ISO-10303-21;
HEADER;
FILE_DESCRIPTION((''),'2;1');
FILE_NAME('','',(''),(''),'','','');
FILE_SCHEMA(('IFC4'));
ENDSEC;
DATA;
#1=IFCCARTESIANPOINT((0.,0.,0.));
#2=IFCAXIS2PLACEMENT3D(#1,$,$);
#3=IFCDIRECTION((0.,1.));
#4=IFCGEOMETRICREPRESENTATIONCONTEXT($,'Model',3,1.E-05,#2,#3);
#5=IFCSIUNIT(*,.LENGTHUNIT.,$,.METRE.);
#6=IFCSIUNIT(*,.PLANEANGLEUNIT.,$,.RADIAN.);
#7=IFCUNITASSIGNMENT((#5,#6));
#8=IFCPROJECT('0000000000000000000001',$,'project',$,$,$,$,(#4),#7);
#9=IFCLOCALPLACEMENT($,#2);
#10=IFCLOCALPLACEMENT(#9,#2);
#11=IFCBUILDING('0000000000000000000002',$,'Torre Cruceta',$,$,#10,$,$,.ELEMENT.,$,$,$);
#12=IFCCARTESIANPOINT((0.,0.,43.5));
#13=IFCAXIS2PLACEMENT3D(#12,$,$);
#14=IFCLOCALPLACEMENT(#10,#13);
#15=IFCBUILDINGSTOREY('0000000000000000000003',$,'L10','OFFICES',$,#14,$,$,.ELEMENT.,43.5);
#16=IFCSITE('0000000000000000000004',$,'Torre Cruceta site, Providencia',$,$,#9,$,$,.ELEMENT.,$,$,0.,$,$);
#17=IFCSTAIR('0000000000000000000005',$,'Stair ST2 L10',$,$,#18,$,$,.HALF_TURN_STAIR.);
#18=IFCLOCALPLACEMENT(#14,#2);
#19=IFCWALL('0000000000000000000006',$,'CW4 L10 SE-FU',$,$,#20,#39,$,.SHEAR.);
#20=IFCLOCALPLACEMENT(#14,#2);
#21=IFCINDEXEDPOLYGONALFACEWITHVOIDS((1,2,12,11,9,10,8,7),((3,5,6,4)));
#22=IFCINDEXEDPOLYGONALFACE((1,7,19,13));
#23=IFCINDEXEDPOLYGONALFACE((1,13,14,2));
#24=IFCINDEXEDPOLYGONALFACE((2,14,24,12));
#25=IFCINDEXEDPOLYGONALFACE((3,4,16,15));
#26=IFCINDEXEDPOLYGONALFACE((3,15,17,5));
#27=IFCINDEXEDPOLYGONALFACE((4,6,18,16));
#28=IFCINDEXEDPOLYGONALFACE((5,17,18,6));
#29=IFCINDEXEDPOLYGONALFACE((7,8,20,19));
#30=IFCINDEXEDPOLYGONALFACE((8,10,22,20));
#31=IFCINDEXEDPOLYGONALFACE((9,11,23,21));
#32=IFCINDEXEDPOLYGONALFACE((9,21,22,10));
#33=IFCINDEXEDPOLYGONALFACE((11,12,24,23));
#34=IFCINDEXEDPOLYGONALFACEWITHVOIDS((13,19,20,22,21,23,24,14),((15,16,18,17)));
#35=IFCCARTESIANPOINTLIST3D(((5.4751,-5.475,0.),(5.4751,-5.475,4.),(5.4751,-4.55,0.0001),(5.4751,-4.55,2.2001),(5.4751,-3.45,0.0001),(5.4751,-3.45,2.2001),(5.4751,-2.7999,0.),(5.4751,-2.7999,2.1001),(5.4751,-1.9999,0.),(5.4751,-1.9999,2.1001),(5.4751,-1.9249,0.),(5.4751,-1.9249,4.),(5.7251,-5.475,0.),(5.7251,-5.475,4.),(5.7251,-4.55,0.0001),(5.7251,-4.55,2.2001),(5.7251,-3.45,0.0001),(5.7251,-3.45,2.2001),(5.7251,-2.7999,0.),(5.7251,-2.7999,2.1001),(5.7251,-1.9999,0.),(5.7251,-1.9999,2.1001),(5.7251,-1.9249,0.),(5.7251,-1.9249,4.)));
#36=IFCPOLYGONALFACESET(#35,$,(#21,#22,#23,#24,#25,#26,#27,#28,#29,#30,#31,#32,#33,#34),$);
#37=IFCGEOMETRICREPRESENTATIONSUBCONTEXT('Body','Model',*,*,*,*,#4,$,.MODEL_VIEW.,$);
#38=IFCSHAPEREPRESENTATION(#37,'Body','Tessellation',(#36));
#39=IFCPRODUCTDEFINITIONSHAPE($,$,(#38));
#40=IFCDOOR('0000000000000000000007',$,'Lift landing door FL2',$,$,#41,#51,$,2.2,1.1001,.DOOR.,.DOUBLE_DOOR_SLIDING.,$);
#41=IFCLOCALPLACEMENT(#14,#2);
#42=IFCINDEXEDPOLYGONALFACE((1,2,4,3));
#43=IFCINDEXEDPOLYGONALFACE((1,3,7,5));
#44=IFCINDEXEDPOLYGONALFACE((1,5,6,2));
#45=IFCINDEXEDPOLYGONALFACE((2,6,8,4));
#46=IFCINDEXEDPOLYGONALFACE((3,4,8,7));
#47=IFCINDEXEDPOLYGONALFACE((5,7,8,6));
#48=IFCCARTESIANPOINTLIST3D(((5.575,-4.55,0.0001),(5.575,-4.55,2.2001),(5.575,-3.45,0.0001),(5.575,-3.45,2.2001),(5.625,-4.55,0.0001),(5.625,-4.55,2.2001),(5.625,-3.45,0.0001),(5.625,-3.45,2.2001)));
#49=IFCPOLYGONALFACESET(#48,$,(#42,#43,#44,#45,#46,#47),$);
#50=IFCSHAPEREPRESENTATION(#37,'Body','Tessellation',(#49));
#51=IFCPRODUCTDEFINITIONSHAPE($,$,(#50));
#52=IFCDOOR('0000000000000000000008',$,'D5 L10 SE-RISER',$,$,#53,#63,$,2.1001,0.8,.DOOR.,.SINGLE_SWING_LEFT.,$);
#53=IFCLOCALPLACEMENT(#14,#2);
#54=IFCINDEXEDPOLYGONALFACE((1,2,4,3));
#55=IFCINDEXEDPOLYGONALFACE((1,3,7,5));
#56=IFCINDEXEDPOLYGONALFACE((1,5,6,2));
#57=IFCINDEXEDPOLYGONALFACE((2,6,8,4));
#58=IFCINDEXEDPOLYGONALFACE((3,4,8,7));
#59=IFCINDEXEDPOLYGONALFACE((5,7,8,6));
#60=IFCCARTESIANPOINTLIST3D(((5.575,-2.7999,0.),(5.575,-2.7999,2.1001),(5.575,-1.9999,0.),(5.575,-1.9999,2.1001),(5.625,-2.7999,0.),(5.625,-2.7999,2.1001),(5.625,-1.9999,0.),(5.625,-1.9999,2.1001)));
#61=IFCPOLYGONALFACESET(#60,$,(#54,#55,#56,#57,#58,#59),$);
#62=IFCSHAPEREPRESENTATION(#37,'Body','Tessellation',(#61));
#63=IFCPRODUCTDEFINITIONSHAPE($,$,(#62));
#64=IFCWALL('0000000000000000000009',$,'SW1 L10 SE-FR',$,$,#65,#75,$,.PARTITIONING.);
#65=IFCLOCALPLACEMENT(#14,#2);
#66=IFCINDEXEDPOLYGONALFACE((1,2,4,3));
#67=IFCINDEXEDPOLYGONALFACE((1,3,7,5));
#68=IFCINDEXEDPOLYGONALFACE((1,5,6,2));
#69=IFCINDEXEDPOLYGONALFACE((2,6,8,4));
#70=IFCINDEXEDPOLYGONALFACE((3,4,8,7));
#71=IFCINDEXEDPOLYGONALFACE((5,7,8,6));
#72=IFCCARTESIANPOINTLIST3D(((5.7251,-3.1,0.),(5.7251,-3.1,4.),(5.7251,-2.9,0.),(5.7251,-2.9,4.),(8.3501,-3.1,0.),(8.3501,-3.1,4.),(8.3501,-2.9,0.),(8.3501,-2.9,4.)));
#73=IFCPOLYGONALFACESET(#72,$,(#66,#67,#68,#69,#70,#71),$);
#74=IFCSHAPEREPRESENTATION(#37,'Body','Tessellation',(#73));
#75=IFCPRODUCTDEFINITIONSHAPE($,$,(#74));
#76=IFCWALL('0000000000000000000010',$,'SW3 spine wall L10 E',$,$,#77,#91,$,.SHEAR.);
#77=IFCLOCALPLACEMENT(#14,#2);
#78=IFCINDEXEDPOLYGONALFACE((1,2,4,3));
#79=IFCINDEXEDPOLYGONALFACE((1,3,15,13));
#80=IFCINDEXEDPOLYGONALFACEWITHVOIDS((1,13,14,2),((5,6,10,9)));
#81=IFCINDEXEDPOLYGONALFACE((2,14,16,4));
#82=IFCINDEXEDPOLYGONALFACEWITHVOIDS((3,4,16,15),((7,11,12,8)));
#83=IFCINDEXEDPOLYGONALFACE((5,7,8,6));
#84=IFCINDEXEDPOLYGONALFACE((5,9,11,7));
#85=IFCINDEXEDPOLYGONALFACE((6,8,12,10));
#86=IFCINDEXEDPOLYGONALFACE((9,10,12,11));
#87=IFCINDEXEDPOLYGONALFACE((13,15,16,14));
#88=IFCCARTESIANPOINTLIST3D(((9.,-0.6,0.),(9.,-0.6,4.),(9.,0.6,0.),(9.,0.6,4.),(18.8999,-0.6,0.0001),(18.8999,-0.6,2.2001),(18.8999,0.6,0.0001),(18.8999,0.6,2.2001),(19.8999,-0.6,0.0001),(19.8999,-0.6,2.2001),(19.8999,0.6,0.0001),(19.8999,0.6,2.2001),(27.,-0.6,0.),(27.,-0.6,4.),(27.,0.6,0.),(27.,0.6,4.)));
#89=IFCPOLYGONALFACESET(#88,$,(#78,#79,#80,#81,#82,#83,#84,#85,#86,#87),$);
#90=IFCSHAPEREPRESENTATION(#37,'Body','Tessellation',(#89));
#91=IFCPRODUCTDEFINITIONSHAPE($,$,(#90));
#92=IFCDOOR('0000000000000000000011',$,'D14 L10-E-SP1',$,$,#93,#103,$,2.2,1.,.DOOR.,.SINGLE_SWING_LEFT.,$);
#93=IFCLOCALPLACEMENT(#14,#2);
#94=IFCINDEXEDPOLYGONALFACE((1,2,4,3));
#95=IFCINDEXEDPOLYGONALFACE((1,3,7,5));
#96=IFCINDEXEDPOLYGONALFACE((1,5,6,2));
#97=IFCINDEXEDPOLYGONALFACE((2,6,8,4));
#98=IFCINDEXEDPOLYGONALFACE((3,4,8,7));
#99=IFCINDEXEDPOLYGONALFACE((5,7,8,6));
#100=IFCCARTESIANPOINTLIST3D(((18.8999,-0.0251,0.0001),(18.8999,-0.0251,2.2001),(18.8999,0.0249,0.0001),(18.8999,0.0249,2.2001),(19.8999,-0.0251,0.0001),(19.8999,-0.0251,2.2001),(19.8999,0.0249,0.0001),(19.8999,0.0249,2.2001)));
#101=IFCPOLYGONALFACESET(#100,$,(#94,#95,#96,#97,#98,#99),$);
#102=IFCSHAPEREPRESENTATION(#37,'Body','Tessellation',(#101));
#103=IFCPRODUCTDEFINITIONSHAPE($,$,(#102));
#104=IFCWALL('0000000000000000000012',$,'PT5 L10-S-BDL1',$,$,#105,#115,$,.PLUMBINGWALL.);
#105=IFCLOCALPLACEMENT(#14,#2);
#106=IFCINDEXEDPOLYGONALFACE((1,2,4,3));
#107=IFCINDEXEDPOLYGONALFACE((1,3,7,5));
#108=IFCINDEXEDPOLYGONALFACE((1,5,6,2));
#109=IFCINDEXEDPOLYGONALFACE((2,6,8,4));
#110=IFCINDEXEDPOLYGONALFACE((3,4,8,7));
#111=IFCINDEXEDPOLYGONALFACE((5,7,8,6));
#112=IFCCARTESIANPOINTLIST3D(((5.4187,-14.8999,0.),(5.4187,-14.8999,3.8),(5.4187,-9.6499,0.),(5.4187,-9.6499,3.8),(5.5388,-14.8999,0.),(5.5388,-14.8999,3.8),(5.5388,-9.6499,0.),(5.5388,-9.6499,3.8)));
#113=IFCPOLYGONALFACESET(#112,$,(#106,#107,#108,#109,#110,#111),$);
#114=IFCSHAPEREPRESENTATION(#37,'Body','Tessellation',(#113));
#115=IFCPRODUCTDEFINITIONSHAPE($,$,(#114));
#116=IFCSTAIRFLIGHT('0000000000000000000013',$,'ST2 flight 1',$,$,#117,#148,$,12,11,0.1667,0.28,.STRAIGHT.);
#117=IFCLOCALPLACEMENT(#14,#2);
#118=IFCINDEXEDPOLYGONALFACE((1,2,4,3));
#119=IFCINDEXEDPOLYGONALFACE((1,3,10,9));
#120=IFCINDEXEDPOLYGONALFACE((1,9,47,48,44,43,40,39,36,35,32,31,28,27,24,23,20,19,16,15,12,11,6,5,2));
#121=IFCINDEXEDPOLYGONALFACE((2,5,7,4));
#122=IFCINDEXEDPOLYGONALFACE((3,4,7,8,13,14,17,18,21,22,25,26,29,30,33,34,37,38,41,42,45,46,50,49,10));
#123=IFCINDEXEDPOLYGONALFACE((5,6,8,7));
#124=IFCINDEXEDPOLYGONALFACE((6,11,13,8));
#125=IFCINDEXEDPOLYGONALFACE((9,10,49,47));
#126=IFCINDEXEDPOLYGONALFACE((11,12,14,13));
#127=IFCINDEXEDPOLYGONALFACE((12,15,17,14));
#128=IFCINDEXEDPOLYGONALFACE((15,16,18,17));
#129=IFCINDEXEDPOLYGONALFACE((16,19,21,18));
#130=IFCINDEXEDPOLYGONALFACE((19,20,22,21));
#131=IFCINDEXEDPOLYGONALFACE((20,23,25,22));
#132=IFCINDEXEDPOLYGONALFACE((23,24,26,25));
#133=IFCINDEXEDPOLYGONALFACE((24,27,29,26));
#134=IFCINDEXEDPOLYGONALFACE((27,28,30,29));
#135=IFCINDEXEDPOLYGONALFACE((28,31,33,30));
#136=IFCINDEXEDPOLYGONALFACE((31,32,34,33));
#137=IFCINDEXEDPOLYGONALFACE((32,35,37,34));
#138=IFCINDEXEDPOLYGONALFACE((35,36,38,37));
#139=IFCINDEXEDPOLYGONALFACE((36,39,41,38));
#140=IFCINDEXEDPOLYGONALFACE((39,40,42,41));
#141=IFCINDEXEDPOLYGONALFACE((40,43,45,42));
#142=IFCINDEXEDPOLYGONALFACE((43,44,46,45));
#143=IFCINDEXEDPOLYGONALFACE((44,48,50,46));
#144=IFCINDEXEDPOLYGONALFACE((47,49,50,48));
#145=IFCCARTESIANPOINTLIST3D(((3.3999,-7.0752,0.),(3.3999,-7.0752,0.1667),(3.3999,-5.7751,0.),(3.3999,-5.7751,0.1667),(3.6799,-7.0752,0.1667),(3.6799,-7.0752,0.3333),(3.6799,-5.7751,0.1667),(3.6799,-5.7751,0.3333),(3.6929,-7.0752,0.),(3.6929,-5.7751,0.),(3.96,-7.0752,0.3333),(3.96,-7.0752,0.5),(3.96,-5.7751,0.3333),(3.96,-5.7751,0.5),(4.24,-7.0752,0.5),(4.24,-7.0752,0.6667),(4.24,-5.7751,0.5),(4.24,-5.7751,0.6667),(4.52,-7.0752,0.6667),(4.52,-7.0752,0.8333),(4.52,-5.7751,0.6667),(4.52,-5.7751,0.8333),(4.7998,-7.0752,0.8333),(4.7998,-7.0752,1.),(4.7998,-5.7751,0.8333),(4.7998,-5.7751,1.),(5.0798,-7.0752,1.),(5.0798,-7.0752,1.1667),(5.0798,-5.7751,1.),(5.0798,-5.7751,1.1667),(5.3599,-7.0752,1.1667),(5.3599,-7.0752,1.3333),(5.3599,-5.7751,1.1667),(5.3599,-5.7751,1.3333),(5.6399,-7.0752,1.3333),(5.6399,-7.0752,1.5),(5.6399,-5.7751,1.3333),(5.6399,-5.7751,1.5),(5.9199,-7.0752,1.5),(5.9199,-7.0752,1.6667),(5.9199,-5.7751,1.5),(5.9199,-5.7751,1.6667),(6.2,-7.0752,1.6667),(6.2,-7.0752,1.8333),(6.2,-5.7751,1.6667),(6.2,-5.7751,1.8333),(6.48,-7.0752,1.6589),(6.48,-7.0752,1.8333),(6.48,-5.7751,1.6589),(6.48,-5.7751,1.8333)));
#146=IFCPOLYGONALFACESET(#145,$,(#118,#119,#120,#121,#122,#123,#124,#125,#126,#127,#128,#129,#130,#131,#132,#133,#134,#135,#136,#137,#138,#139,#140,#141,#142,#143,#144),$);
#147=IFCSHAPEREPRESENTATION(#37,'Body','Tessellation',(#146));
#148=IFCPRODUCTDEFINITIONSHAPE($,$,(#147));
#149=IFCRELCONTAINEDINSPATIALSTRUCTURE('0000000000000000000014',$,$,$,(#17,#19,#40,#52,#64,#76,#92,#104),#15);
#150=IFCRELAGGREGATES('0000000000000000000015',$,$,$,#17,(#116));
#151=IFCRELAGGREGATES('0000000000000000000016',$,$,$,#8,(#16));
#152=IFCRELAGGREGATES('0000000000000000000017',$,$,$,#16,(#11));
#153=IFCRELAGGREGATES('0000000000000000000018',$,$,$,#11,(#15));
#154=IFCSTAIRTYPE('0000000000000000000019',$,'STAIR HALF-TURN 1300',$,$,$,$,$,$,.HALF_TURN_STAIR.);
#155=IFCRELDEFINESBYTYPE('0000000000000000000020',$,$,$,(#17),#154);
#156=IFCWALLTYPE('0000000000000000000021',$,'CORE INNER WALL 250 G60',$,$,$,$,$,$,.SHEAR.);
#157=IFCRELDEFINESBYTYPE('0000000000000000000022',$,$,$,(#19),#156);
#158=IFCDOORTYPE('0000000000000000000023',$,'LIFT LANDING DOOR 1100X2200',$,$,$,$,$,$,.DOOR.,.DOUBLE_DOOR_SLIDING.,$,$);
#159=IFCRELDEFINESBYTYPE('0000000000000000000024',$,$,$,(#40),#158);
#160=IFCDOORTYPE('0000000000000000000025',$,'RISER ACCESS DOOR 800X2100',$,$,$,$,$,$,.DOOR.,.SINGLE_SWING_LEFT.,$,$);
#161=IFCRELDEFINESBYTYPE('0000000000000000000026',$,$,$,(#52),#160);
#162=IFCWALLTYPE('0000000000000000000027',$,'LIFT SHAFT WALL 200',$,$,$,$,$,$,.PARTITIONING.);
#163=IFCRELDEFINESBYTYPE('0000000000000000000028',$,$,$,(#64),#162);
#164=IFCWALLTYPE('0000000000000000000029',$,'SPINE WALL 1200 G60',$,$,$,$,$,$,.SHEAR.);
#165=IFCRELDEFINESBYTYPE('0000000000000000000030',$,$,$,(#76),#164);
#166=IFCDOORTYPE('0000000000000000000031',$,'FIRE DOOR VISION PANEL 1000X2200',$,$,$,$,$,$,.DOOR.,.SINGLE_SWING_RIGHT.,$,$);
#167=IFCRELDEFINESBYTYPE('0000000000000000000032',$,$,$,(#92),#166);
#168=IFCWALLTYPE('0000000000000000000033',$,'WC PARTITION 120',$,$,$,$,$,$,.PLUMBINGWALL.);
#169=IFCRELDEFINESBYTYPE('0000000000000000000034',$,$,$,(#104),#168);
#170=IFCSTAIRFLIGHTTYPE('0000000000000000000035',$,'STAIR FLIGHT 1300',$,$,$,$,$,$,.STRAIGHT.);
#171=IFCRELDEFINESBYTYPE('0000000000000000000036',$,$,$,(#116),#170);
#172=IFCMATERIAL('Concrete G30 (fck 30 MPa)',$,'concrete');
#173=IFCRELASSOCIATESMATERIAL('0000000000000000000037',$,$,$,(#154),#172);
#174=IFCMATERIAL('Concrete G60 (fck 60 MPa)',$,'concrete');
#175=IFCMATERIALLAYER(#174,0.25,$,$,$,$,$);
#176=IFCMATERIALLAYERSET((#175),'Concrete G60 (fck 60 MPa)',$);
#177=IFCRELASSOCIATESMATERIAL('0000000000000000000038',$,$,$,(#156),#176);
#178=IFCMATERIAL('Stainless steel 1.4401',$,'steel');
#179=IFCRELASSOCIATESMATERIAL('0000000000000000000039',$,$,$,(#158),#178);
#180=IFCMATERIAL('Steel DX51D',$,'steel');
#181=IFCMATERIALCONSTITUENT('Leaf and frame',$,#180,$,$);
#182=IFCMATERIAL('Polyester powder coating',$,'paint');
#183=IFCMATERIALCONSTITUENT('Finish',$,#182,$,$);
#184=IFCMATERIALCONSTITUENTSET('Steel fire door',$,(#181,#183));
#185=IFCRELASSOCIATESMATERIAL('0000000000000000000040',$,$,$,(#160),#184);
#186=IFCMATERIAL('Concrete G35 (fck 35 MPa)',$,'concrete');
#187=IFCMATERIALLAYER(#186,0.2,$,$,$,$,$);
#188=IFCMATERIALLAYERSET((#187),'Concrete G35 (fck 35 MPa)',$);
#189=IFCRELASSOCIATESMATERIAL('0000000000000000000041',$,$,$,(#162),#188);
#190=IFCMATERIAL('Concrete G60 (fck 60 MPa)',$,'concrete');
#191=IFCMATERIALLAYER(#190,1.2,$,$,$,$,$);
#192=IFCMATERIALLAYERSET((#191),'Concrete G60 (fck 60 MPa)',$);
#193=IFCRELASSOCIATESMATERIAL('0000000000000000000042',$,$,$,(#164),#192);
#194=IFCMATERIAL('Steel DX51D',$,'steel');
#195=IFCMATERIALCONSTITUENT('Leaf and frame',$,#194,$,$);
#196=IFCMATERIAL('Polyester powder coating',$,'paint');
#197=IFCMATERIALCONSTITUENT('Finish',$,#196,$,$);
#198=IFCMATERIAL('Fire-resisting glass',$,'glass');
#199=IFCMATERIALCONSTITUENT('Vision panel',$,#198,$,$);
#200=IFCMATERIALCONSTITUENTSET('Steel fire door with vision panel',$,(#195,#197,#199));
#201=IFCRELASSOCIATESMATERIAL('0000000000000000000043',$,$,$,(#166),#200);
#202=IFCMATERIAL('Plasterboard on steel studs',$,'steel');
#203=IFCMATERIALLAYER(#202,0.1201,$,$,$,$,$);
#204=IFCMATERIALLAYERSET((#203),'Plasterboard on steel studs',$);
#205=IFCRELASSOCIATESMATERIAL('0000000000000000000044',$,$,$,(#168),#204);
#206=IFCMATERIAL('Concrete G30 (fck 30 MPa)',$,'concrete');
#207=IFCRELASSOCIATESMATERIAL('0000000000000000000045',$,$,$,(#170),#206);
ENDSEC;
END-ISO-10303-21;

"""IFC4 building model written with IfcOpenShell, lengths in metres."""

from ifc_helpers import new_model, si_unit, direction, frame, frame_2d, origin, place, context, subcontext, project, spatial, polyline, rectangle, outline, extrude, material, layer, layer_set, constituent, constituent_set, type_object, element, fill, aggregate, save


model = new_model("IFC4")

# Units and contexts
model_context = context("Model", 3, precision=1e-05, world=origin(), true_north=direction((0.0, 1.0)))
body_context = subcontext(model_context, "Body", "Model", "MODEL_VIEW")
ifc_project = project(units=[si_unit("LENGTHUNIT", "METRE"), si_unit("PLANEANGLEUNIT", "RADIAN")], contexts=[model_context])

# Site, building, storey
site_placement = place(None, origin())
site = spatial("IfcSite", under=ifc_project, at=site_placement, Name="Torre Cruceta site, Providencia", CompositionType="ELEMENT", RefElevation=0.0)
building_placement = place(site_placement, origin())
building = spatial("IfcBuilding", under=site, at=building_placement, Name="Torre Cruceta", CompositionType="ELEMENT")
storey_placement = place(building_placement, frame((0.0, 0.0, 43.5)))
storey = spatial("IfcBuildingStorey", under=building, at=storey_placement, Name="L10", Description="OFFICES", CompositionType="ELEMENT", Elevation=43.5)

# Stair
ifc_material_1 = material(Name="Concrete G30 (fck 30 MPa)", Category="concrete")
stair_type = type_object("IfcStairType", Name="STAIR HALF-TURN 1300", PredefinedType="HALF_TURN_STAIR", material=ifc_material_1)
stair_1_placement = place(storey_placement, origin())
stair_1 = element("IfcStair", 1, at=stair_1_placement, inside=storey, type_object=stair_type, Name="Stair ST2 L10", PredefinedType="HALF_TURN_STAIR")

# Shared definitions
ifc_material_2 = material(Name="Concrete G60 (fck 60 MPa)", Category="concrete")
ifc_layer_1 = layer(ifc_material_2, 0.25)
ifc_layer_set_1 = layer_set([ifc_layer_1], Name="Concrete G60 (fck 60 MPa)")
wall_type_1 = type_object("IfcWallType", Name="CORE INNER WALL 250 G60", PredefinedType="SHEAR", material=ifc_layer_set_1)

# Wall, openings, doors
wall_1_placement = place(storey_placement, frame((5.6001, -1.925, 0.0), z_axis=(0.0, 0.0, 1.0), x_axis=(0.0, -1.0, 0.0)))
wall_1 = element("IfcWall", 2, at=wall_1_placement, inside=storey, type_object=wall_type_1, Name="CW4 L10 SE-FU", PredefinedType="SHEAR", context=body_context, shape_type="SweptSolid", body=[
    extrude(rectangle(XDim=3.55, YDim=0.25, at=frame_2d((1.7749, 0.0))), origin(), (0.0, 0.0, 1.0), 4.0),
])
opening_1_placement = place(wall_1_placement, frame((1.5249, 0.0, 0.0)))
opening_1 = element("IfcOpeningElement", 3, at=opening_1_placement, cuts=wall_1, PredefinedType="OPENING", context=body_context, shape_type="SweptSolid", body=[
    extrude(rectangle(XDim=1.1001, YDim=2.2, at=frame_2d((0.55, 1.1001))), frame((0.0, 0.135, 0.0), z_axis=(0.0, -1.0, 0.0), x_axis=(1.0, 0.0, 0.0)), (0.0, 0.0, 1.0), 0.27),
])
opening_2_placement = place(wall_1_placement, frame((0.075, 0.0, 0.0)))
opening_2 = element("IfcOpeningElement", 4, at=opening_2_placement, cuts=wall_1, PredefinedType="OPENING", context=body_context, shape_type="SweptSolid", body=[
    extrude(rectangle(XDim=0.8, YDim=2.1001, at=frame_2d((0.3999, 1.05))), frame((0.0, 0.135, 0.0), z_axis=(0.0, -1.0, 0.0), x_axis=(1.0, 0.0, 0.0)), (0.0, 0.0, 1.0), 0.27),
])
ifc_material_3 = material(Name="Stainless steel 1.4401", Category="steel")
door_type_1 = type_object("IfcDoorType", Name="LIFT LANDING DOOR 1100X2200", OperationType="DOUBLE_DOOR_SLIDING", PredefinedType="DOOR", material=ifc_material_3)
door_1_placement = place(opening_1_placement, origin())
door_1 = element("IfcDoor", 5, at=door_1_placement, inside=storey, type_object=door_type_1, Name="Lift landing door FL2", OperationType="DOUBLE_DOOR_SLIDING", OverallHeight=2.2, OverallWidth=1.1001, PredefinedType="DOOR", context=body_context, shape_type="SweptSolid", body=[
    extrude(rectangle(XDim=1.1001, YDim=2.2, at=frame_2d((0.55, 1.1001))), frame((0.0, 0.0249, 0.0), z_axis=(0.0, -1.0, 0.0), x_axis=(1.0, 0.0, 0.0)), (0.0, 0.0, 1.0), 0.05),
])
fill(opening_1, door_1)
ifc_material_4 = material(Name="Steel DX51D", Category="steel")
ifc_constituent_1 = constituent(ifc_material_4, Name="Leaf and frame")
ifc_material_5 = material(Name="Polyester powder coating", Category="paint")
ifc_constituent_2 = constituent(ifc_material_5, Name="Finish")
ifc_constituent_set_1 = constituent_set(constituents=[ifc_constituent_1, ifc_constituent_2], Name="Steel fire door")
door_type_2 = type_object("IfcDoorType", Name="RISER ACCESS DOOR 800X2100", OperationType="SINGLE_SWING_LEFT", PredefinedType="DOOR", material=ifc_constituent_set_1)
door_2_placement = place(opening_2_placement, origin())
door_2 = element("IfcDoor", 6, at=door_2_placement, inside=storey, type_object=door_type_2, Name="D5 L10 SE-RISER", OperationType="SINGLE_SWING_LEFT", OverallHeight=2.1001, OverallWidth=0.8, PredefinedType="DOOR", context=body_context, shape_type="SweptSolid", body=[
    extrude(rectangle(XDim=0.8, YDim=2.1001, at=frame_2d((0.3999, 1.05))), frame((0.0, 0.0249, 0.0), z_axis=(0.0, -1.0, 0.0), x_axis=(1.0, 0.0, 0.0)), (0.0, 0.0, 1.0), 0.05),
])
fill(opening_2, door_2)

# Wall
ifc_material_6 = material(Name="Concrete G35 (fck 35 MPa)", Category="concrete")
ifc_layer_2 = layer(ifc_material_6, 0.2)
ifc_layer_set_2 = layer_set([ifc_layer_2], Name="Concrete G35 (fck 35 MPa)")
wall_type_2 = type_object("IfcWallType", Name="LIFT SHAFT WALL 200", PredefinedType="PARTITIONING", material=ifc_layer_set_2)
wall_2_placement = place(storey_placement, frame((5.7251, -3.0, 0.0), z_axis=(0.0, 0.0, 1.0), x_axis=(1.0, 0.0, 0.0)))
element("IfcWall", 7, at=wall_2_placement, inside=storey, type_object=wall_type_2, Name="SW1 L10 SE-FR", PredefinedType="PARTITIONING", context=body_context, shape_type="SweptSolid", body=[
    extrude(rectangle(XDim=2.625, YDim=0.2, at=frame_2d((1.3125, 0.0))), origin(), (0.0, 0.0, 1.0), 4.0),
])

# Wall, opening, door
ifc_material_7 = material(Name="Concrete G60 (fck 60 MPa)", Category="concrete")
ifc_layer_3 = layer(ifc_material_7, 1.2)
ifc_layer_set_3 = layer_set([ifc_layer_3], Name="Concrete G60 (fck 60 MPa)")
wall_type_3 = type_object("IfcWallType", Name="SPINE WALL 1200 G60", PredefinedType="SHEAR", material=ifc_layer_set_3)
wall_3_placement = place(storey_placement, frame((9.0, 0.0, 0.0), z_axis=(0.0, 0.0, 1.0), x_axis=(1.0, 0.0, 0.0)))
wall_3 = element("IfcWall", 8, at=wall_3_placement, inside=storey, type_object=wall_type_3, Name="SW3 spine wall L10 E", PredefinedType="SHEAR", context=body_context, shape_type="SweptSolid", body=[
    extrude(rectangle(XDim=18.0, YDim=1.2, at=frame_2d((9.0, 0.0))), origin(), (0.0, 0.0, 1.0), 4.0),
])
opening_3_placement = place(wall_3_placement, frame((9.8999, 0.0, 0.0)))
opening_3 = element("IfcOpeningElement", 9, at=opening_3_placement, cuts=wall_3, PredefinedType="OPENING", context=body_context, shape_type="SweptSolid", body=[
    extrude(rectangle(XDim=1.0, YDim=2.2, at=frame_2d((0.5, 1.1001))), frame((0.0, 0.6099, 0.0), z_axis=(0.0, -1.0, 0.0), x_axis=(1.0, 0.0, 0.0)), (0.0, 0.0, 1.0), 1.22),
])
ifc_material_8 = material(Name="Steel DX51D", Category="steel")
ifc_constituent_3 = constituent(ifc_material_8, Name="Leaf and frame")
ifc_material_9 = material(Name="Polyester powder coating", Category="paint")
ifc_constituent_4 = constituent(ifc_material_9, Name="Finish")
ifc_material_10 = material(Name="Fire-resisting glass", Category="glass")
ifc_constituent_5 = constituent(ifc_material_10, Name="Vision panel")
ifc_constituent_set_2 = constituent_set(constituents=[ifc_constituent_3, ifc_constituent_4, ifc_constituent_5], Name="Steel fire door with vision panel")
door_type_3 = type_object("IfcDoorType", Name="FIRE DOOR VISION PANEL 1000X2200", OperationType="SINGLE_SWING_RIGHT", PredefinedType="DOOR", material=ifc_constituent_set_2)
door_3_placement = place(opening_3_placement, frame((1.0, 0.0, 0.0), z_axis=(0.0, 0.0, 1.0), x_axis=(-1.0, 0.0, 0.0)))
door_3 = element("IfcDoor", 10, at=door_3_placement, inside=storey, type_object=door_type_3, Name="D14 L10-E-SP1", OperationType="SINGLE_SWING_LEFT", OverallHeight=2.2, OverallWidth=1.0, PredefinedType="DOOR", context=body_context, shape_type="SweptSolid", body=[
    extrude(rectangle(XDim=1.0, YDim=2.2, at=frame_2d((0.5, 1.1001))), frame((0.0, 0.0251, 0.0), z_axis=(0.0, -1.0, 0.0), x_axis=(1.0, 0.0, 0.0)), (0.0, 0.0, 1.0), 0.05),
])
fill(opening_3, door_3)

# Wall
ifc_material_11 = material(Name="Plasterboard on steel studs", Category="steel")
ifc_layer_4 = layer(ifc_material_11, 0.1201)
ifc_layer_set_4 = layer_set([ifc_layer_4], Name="Plasterboard on steel studs")
wall_type_4 = type_object("IfcWallType", Name="WC PARTITION 120", PredefinedType="PLUMBINGWALL", material=ifc_layer_set_4)
wall_4_placement = place(storey_placement, frame((5.4788, -9.6499, 0.0), z_axis=(0.0, 0.0, 1.0), x_axis=(0.0, -1.0, 0.0)))
element("IfcWall", 11, at=wall_4_placement, inside=storey, type_object=wall_type_4, Name="PT5 L10-S-BDL1", PredefinedType="PLUMBINGWALL", context=body_context, shape_type="SweptSolid", body=[
    extrude(rectangle(XDim=5.25, YDim=0.1201, at=frame_2d((2.625, 0.0))), origin(), (0.0, 0.0, 1.0), 3.8),
])

# Stair flight
ifc_material_12 = material(Name="Concrete G30 (fck 30 MPa)", Category="concrete")
stair_flight_type = type_object("IfcStairFlightType", Name="STAIR FLIGHT 1300", PredefinedType="STRAIGHT", material=ifc_material_12)
stair_flight_1_placement = place(storey_placement, frame((3.3999, -6.425, 0.0), z_axis=(0.0, 0.0, 1.0), x_axis=(1.0, 0.0, 0.0)))
stair_flight_1 = element("IfcStairFlight", 12, at=stair_flight_1_placement, type_object=stair_flight_type, Name="ST2 flight 1", NumberOfRisers=12, NumberOfTreads=11, PredefinedType="STRAIGHT", RiserHeight=0.1667, TreadLength=0.28, context=body_context, shape_type="SweptSolid", body=[
    extrude(outline(polyline([(0.0, 0.0), (0.0, 0.1667), (0.28, 0.1667), (0.28, 0.3333), (0.5601, 0.3333), (0.5601, 0.5), (0.8401, 0.5), (0.8401, 0.6667), (1.1201, 0.6667), (1.1201, 0.8333), (1.3999, 0.8333), (1.3999, 1.0), (1.6799, 1.0), (1.6799, 1.1667), (1.96, 1.1667), (1.96, 1.3333), (2.24, 1.3333), (2.24, 1.5), (2.52, 1.5), (2.52, 1.6667), (2.8, 1.6667), (2.8, 1.8333), (3.0801, 1.8333), (3.0801, 2.0), (3.0801, 1.6589), (0.293, 0.0), (0.0, 0.0)])), frame((0.0, 0.6499, 0.0), z_axis=(0.0, -1.0, 0.0), x_axis=(1.0, 0.0, 0.0)), (0.0, 0.0, 1.0), 1.3),
])
aggregate(stair_1, [stair_flight_1])

save(model, "model.ifc")
